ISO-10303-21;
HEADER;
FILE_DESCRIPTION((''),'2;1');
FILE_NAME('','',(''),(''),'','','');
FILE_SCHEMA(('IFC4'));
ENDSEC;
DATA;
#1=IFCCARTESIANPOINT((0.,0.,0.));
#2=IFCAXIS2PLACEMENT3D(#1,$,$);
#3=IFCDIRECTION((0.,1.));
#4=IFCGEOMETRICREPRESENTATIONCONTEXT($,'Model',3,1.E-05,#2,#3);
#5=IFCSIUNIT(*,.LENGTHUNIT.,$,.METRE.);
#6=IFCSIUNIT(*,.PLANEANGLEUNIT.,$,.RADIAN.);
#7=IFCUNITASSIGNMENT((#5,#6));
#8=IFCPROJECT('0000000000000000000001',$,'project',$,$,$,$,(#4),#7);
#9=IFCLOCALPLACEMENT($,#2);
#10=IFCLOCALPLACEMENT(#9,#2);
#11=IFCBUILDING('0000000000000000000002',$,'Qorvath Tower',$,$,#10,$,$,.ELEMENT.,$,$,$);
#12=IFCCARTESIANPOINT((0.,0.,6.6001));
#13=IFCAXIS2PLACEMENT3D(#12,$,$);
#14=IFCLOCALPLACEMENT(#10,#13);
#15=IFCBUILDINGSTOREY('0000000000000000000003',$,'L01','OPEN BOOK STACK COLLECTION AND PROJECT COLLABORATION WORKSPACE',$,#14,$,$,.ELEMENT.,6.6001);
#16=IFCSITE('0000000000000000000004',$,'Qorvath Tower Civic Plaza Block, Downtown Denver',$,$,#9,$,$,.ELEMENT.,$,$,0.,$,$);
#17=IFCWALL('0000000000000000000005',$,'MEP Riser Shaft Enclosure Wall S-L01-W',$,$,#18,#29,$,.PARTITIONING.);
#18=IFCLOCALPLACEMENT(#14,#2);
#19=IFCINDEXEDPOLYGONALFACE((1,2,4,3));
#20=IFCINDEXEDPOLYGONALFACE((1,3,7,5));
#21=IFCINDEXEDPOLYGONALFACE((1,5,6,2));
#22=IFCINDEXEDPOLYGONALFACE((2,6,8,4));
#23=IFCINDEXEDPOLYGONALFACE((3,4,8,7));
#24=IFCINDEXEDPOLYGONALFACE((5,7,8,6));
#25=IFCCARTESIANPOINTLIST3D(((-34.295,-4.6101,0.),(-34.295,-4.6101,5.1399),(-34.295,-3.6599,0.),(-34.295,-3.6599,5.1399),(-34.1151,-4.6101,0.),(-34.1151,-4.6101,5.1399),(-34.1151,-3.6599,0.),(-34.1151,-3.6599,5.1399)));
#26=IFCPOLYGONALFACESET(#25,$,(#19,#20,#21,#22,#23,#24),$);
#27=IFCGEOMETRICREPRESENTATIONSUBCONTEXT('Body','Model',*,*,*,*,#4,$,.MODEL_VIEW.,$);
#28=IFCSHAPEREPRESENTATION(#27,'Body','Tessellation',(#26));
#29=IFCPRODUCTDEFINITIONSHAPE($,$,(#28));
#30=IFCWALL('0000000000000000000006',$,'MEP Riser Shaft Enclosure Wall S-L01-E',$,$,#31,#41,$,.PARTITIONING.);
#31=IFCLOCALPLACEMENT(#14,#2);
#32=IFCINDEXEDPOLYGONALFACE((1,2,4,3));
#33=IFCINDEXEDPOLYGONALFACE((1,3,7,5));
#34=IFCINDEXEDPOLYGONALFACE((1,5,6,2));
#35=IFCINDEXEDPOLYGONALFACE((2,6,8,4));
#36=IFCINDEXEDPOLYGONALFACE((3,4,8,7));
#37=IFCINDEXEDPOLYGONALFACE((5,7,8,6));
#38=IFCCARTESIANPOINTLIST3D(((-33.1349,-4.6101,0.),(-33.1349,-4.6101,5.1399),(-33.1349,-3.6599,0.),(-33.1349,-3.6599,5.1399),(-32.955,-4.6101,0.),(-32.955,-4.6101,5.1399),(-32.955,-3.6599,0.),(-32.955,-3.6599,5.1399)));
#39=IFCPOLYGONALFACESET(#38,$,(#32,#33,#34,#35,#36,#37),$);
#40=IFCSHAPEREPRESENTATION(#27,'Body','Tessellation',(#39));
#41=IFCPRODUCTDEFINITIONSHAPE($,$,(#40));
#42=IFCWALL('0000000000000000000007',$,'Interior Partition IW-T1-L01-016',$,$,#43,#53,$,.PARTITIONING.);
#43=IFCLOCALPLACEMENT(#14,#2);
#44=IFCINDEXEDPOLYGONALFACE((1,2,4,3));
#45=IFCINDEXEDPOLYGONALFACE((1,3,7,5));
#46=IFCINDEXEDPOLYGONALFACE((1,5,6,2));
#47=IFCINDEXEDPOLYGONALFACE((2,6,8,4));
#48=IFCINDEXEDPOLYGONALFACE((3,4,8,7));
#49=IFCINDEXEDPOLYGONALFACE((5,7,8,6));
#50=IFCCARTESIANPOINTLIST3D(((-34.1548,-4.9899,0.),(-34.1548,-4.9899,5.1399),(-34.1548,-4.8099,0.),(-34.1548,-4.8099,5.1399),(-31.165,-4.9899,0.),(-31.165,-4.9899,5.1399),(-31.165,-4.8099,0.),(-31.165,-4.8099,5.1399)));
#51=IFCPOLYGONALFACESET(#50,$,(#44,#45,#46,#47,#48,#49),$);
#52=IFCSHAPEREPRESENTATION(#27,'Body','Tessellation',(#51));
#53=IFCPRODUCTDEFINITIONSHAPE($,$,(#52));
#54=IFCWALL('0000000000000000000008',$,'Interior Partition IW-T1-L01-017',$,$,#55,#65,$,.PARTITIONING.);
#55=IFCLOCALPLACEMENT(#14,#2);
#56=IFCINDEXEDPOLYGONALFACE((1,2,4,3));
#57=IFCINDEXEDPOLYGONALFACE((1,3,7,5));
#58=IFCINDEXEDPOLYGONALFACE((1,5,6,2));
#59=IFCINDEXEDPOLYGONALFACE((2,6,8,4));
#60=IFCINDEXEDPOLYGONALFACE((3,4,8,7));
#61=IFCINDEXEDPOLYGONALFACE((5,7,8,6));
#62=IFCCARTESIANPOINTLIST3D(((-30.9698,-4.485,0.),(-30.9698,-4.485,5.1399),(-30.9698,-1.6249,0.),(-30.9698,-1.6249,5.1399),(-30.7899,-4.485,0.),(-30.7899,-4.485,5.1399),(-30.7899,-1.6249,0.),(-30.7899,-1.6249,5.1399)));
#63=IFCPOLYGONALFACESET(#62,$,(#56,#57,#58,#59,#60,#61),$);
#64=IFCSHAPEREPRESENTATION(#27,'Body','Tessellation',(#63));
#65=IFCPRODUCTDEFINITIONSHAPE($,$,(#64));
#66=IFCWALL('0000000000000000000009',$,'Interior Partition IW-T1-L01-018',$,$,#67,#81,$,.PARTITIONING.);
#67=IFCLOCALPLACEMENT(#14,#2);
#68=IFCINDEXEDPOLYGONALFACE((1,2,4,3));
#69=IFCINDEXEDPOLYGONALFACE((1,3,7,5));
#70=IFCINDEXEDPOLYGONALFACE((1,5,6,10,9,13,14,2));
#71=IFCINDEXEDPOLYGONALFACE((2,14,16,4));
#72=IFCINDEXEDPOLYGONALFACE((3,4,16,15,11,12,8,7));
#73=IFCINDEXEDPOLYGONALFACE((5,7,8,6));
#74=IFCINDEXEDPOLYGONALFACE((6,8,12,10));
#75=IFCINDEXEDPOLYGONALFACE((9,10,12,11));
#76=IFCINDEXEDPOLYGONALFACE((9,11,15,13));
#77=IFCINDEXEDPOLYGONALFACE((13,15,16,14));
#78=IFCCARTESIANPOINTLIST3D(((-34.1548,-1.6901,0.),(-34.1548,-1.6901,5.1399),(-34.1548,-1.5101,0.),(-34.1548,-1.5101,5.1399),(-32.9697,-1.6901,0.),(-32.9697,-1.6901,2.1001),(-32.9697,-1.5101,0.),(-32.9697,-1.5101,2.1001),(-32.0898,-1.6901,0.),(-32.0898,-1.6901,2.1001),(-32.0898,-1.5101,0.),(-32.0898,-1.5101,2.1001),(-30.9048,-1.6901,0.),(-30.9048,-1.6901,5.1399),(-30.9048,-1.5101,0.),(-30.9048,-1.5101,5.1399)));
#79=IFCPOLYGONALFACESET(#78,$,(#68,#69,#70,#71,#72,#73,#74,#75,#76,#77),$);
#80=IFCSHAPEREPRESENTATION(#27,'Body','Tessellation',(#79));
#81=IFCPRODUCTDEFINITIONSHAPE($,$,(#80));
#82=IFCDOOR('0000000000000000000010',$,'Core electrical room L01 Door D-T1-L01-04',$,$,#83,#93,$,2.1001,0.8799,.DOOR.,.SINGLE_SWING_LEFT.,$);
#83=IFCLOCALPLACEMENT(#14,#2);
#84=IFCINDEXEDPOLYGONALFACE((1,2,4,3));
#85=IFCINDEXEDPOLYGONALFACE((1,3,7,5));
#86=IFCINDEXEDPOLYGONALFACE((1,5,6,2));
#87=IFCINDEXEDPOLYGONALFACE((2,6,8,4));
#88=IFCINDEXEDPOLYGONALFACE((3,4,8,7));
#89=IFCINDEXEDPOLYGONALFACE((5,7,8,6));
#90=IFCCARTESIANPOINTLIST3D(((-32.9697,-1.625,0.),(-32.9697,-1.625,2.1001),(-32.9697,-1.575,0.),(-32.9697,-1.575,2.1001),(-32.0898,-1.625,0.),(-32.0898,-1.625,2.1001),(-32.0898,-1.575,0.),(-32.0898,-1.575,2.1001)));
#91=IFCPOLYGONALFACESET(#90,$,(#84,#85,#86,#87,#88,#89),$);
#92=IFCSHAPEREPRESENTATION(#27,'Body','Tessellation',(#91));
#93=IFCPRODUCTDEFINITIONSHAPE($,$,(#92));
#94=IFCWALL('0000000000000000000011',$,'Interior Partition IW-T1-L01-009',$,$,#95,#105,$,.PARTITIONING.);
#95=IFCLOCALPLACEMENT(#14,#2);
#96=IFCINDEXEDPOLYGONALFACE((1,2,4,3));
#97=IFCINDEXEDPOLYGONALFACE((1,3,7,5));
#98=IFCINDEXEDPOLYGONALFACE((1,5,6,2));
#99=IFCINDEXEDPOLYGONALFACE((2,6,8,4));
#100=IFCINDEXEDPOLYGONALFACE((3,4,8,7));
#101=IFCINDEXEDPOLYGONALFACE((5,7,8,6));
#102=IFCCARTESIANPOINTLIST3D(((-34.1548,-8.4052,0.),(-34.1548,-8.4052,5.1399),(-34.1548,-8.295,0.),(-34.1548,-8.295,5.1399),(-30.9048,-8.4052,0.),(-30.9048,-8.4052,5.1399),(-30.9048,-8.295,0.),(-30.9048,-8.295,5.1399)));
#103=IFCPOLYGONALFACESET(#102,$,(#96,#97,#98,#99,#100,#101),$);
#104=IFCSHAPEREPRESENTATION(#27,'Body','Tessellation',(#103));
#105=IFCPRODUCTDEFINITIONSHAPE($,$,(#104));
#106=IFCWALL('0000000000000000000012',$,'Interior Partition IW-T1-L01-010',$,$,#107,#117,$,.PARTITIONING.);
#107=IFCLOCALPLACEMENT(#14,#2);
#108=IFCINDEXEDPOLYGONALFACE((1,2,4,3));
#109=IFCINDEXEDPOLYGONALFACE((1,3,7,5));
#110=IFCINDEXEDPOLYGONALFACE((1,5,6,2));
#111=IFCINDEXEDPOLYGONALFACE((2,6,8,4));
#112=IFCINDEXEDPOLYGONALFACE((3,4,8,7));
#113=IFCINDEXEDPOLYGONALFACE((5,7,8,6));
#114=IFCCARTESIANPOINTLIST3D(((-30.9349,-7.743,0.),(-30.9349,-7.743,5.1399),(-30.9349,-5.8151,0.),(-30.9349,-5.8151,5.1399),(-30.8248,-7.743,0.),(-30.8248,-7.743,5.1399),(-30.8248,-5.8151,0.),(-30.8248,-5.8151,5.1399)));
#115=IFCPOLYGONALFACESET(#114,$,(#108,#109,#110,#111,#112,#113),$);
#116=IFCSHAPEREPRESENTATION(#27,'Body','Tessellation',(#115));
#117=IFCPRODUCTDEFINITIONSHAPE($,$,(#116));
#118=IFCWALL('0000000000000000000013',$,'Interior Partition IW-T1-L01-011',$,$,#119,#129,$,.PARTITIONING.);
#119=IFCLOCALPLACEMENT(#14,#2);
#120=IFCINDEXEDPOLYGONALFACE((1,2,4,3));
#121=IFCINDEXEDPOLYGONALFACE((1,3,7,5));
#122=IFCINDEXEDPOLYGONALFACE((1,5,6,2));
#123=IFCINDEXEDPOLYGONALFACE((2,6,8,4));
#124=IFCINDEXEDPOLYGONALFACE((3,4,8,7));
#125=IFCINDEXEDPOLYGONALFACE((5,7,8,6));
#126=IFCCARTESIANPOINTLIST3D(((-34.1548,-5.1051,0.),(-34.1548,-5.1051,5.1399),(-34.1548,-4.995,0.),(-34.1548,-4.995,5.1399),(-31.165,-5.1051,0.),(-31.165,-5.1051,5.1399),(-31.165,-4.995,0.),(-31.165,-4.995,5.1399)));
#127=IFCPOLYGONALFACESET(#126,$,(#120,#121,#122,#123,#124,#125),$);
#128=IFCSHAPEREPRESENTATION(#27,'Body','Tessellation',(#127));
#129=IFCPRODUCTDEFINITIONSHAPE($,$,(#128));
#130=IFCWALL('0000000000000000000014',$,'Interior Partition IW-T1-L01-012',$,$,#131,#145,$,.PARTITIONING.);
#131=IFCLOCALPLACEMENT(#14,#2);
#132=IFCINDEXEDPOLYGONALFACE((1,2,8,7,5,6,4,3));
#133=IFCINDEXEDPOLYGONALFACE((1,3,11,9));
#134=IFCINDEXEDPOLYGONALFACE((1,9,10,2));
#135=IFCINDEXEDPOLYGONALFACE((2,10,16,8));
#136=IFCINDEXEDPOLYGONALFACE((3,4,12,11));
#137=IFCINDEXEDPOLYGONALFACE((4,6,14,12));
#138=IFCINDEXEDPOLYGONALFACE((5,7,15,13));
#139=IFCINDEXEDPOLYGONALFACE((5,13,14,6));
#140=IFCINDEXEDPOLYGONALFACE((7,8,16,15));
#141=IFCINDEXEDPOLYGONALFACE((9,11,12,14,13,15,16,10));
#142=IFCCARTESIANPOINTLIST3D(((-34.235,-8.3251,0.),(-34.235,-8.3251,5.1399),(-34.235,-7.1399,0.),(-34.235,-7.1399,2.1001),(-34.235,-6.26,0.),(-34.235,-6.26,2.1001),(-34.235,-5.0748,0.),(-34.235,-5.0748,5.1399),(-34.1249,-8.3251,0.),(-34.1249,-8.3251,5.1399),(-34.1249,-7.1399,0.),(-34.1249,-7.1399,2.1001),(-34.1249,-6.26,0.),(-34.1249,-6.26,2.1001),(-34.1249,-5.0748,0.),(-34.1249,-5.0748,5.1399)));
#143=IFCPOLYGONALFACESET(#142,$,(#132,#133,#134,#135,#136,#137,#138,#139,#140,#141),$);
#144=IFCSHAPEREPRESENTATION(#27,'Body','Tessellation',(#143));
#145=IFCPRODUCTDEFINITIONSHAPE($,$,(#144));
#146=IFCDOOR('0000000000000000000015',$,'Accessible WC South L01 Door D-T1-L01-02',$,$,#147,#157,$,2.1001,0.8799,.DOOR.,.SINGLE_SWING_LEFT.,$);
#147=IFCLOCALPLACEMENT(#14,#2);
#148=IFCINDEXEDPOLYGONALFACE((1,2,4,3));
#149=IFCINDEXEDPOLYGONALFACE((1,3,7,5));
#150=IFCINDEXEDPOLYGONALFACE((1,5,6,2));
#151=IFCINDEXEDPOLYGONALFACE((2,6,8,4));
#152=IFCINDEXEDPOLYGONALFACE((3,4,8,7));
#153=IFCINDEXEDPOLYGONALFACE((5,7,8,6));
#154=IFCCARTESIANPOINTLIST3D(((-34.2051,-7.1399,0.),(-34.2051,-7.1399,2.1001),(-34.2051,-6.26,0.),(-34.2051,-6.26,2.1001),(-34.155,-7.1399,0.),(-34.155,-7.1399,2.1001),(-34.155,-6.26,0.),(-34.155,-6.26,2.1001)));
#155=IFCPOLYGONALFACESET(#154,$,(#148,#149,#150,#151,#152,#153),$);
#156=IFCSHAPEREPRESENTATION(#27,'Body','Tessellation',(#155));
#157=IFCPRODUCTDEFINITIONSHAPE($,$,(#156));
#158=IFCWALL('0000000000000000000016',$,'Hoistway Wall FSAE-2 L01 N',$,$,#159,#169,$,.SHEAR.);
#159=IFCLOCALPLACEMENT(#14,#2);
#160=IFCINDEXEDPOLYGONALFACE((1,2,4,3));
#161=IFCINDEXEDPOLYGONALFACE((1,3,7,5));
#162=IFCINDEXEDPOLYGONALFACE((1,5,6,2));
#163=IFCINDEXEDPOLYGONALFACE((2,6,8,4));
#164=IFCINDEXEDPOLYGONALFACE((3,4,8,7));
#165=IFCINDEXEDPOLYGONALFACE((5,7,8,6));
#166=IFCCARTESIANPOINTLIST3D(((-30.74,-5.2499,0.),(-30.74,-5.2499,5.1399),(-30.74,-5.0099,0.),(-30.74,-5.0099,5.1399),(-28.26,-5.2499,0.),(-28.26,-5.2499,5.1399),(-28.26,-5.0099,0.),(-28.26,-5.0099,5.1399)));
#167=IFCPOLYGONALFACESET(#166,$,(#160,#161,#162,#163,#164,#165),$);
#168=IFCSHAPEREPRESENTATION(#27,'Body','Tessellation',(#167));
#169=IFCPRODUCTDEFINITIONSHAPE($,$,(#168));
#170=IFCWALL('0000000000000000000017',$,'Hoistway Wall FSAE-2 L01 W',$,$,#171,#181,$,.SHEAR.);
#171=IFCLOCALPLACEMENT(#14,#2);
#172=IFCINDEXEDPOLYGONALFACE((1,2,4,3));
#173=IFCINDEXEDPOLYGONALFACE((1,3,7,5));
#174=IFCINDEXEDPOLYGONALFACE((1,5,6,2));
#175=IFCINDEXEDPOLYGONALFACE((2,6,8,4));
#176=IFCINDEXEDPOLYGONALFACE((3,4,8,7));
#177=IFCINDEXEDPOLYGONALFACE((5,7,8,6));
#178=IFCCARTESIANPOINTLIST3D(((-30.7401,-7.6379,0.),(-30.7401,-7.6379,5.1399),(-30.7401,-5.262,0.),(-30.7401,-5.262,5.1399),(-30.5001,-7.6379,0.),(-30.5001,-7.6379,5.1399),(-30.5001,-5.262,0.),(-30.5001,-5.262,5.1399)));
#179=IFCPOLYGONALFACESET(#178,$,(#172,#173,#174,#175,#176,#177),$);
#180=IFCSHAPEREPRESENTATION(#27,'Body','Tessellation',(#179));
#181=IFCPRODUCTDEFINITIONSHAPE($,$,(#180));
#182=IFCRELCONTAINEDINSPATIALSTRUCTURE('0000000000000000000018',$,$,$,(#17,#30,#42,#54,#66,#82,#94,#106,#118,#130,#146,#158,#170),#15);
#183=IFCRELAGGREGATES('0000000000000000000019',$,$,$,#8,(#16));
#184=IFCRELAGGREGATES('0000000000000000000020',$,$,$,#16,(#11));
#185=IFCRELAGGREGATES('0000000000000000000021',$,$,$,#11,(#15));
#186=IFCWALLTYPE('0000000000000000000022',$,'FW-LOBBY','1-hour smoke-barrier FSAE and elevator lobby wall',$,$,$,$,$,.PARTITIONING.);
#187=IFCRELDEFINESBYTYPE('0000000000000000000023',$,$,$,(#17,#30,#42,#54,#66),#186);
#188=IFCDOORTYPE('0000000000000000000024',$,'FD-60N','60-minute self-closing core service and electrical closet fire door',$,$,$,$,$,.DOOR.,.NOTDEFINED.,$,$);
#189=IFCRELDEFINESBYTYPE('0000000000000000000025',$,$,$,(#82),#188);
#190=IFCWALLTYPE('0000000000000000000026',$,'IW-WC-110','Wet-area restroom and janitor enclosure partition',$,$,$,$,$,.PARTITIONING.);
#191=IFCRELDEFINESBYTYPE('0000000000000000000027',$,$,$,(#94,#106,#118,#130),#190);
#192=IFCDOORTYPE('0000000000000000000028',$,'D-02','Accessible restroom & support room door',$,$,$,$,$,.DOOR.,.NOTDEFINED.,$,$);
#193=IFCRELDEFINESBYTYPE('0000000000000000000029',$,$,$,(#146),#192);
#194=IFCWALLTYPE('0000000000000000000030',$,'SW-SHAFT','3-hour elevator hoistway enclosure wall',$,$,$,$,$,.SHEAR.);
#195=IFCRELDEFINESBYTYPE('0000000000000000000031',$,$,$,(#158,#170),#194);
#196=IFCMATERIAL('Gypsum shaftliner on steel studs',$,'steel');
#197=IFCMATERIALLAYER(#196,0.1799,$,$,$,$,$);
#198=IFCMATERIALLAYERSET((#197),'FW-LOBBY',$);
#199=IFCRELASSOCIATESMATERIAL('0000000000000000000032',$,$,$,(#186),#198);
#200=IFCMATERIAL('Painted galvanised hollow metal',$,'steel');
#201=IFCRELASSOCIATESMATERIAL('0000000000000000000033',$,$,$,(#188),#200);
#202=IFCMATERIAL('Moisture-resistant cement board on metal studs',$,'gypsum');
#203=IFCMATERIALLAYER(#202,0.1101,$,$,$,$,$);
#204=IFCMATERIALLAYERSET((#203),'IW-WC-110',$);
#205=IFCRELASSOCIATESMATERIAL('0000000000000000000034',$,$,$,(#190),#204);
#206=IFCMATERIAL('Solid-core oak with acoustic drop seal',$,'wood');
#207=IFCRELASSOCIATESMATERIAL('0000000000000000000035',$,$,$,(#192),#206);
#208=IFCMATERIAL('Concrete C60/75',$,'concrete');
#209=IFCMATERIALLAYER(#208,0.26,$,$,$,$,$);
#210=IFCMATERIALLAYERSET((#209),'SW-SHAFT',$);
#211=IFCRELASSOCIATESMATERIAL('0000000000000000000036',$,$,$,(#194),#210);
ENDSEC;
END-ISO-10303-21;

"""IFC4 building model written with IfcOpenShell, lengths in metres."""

from ifc_helpers import new_model, si_unit, direction, frame, frame_2d, origin, place, context, subcontext, project, spatial, rectangle, extrude, material, layer, layer_set, type_object, element, fill, save


model = new_model("IFC4")

# Units and contexts
model_context = context("Model", 3, precision=1e-05, world=origin(), true_north=direction((0.0, 1.0)))
body_context = subcontext(model_context, "Body", "Model", "MODEL_VIEW")
ifc_project = project(units=[si_unit("LENGTHUNIT", "METRE"), si_unit("PLANEANGLEUNIT", "RADIAN")], contexts=[model_context])

# Site, building, storey
site_placement = place(None, origin())
site = spatial("IfcSite", under=ifc_project, at=site_placement, Name="Qorvath Tower Civic Plaza Block, Downtown Denver", CompositionType="ELEMENT", RefElevation=0.0)
building_placement = place(site_placement, origin())
building = spatial("IfcBuilding", under=site, at=building_placement, Name="Qorvath Tower", CompositionType="ELEMENT")
storey_placement = place(building_placement, frame((0.0, 0.0, 6.6001)))
storey = spatial("IfcBuildingStorey", under=building, at=storey_placement, Name="L01", Description="OPEN BOOK STACK COLLECTION AND PROJECT COLLABORATION WORKSPACE", CompositionType="ELEMENT", Elevation=6.6001)

# Walls
ifc_material_1 = material(Name="Gypsum shaftliner on steel studs", Category="steel")
ifc_layer_1 = layer(ifc_material_1, 0.1799)
ifc_layer_set_1 = layer_set([ifc_layer_1], Name="FW-LOBBY")
wall_type_1 = type_object("IfcWallType", Name="FW-LOBBY", Description="1-hour smoke-barrier FSAE and elevator lobby wall", PredefinedType="PARTITIONING", material=ifc_layer_set_1)
for number, where, z_axis, x_axis, name in (
    (1, (-34.2051, -4.6101, 0.0), (0.0, 0.0, 1.0), (0.0, 1.0, 0.0), "MEP Riser Shaft Enclosure Wall S-L01-W"),
    (2, (-33.0449, -3.6599, 0.0), (0.0, 0.0, 1.0), (0.0, -1.0, 0.0), "MEP Riser Shaft Enclosure Wall S-L01-E"),
):
    element("IfcWall", number, at=place(storey_placement, frame(where, z_axis=z_axis, x_axis=x_axis)), inside=storey, type_object=wall_type_1, Name=name, PredefinedType="PARTITIONING", context=body_context, shape_type="SweptSolid", body=[
        extrude(rectangle(XDim=0.9502, YDim=0.1799, at=frame_2d((0.4751, 0.0))), origin(), (0.0, 0.0, 1.0), 5.1399),
    ])
wall_1_placement = place(storey_placement, frame((-34.1548, -4.8999, 0.0), z_axis=(0.0, 0.0, 1.0), x_axis=(1.0, 0.0, 0.0)))
element("IfcWall", 3, at=wall_1_placement, inside=storey, type_object=wall_type_1, Name="Interior Partition IW-T1-L01-016", PredefinedType="PARTITIONING", context=body_context, shape_type="SweptSolid", body=[
    extrude(rectangle(XDim=2.9897, YDim=0.1799, at=frame_2d((1.4949, 0.0))), origin(), (0.0, 0.0, 1.0), 5.1399),
])
wall_2_placement = place(storey_placement, frame((-30.8799, -4.4851, 0.0), z_axis=(0.0, 0.0, 1.0), x_axis=(0.0, 1.0, 0.0)))
element("IfcWall", 4, at=wall_2_placement, inside=storey, type_object=wall_type_1, Name="Interior Partition IW-T1-L01-017", PredefinedType="PARTITIONING", context=body_context, shape_type="SweptSolid", body=[
    extrude(rectangle(XDim=2.8601, YDim=0.1799, at=frame_2d((1.4302, 0.0))), origin(), (0.0, 0.0, 1.0), 5.1399),
])

# Wall, opening, door
wall_3_placement = place(storey_placement, frame((-30.9048, -1.6001, 0.0), z_axis=(0.0, 0.0, 1.0), x_axis=(-1.0, 0.0, 0.0)))
wall_3 = element("IfcWall", 5, at=wall_3_placement, inside=storey, type_object=wall_type_1, Name="Interior Partition IW-T1-L01-018", PredefinedType="PARTITIONING", context=body_context, shape_type="SweptSolid", body=[
    extrude(rectangle(XDim=3.25, YDim=0.1799, at=frame_2d((1.625, 0.0))), origin(), (0.0, 0.0, 1.0), 5.1399),
])
opening_1_placement = place(wall_3_placement, frame((1.1851, 0.0, 0.0)))
opening_1 = element("IfcOpeningElement", 6, at=opening_1_placement, cuts=wall_3, PredefinedType="OPENING", context=body_context, shape_type="SweptSolid", body=[
    extrude(rectangle(XDim=0.8799, YDim=2.1001, at=frame_2d((0.4399, 1.05))), frame((0.0, 0.1001, 0.0), z_axis=(0.0, -1.0, 0.0), x_axis=(1.0, 0.0, 0.0)), (0.0, 0.0, 1.0), 0.2),
])
ifc_material_2 = material(Name="Painted galvanised hollow metal", Category="steel")
door_type_1 = type_object("IfcDoorType", Name="FD-60N", Description="60-minute self-closing core service and electrical closet fire door", OperationType="NOTDEFINED", PredefinedType="DOOR", material=ifc_material_2)
door_1_placement = place(opening_1_placement, origin())
door_1 = element("IfcDoor", 7, at=door_1_placement, inside=storey, type_object=door_type_1, Name="Core electrical room L01 Door D-T1-L01-04", OperationType="SINGLE_SWING_LEFT", OverallHeight=2.1001, OverallWidth=0.8799, PredefinedType="DOOR", context=body_context, shape_type="SweptSolid", body=[
    extrude(rectangle(XDim=0.8799, YDim=2.1001, at=frame_2d((0.4399, 1.05))), frame((0.0, 0.0249, 0.0), z_axis=(0.0, -1.0, 0.0), x_axis=(1.0, 0.0, 0.0)), (0.0, 0.0, 1.0), 0.05),
])
fill(opening_1, door_1)

# Walls
ifc_material_3 = material(Name="Moisture-resistant cement board on metal studs", Category="gypsum")
ifc_layer_2 = layer(ifc_material_3, 0.1101)
ifc_layer_set_2 = layer_set([ifc_layer_2], Name="IW-WC-110")
wall_type_2 = type_object("IfcWallType", Name="IW-WC-110", Description="Wet-area restroom and janitor enclosure partition", PredefinedType="PARTITIONING", material=ifc_layer_set_2)
wall_4_placement = place(storey_placement, frame((-34.1548, -8.3501, 0.0), z_axis=(0.0, 0.0, 1.0), x_axis=(1.0, 0.0, 0.0)))
element("IfcWall", 8, at=wall_4_placement, inside=storey, type_object=wall_type_2, Name="Interior Partition IW-T1-L01-009", PredefinedType="PARTITIONING", context=body_context, shape_type="SweptSolid", body=[
    extrude(rectangle(XDim=3.25, YDim=0.1101, at=frame_2d((1.625, 0.0))), origin(), (0.0, 0.0, 1.0), 5.1399),
])
wall_5_placement = place(storey_placement, frame((-30.8799, -7.7429, 0.0), z_axis=(0.0, 0.0, 1.0), x_axis=(0.0, 1.0, 0.0)))
element("IfcWall", 9, at=wall_5_placement, inside=storey, type_object=wall_type_2, Name="Interior Partition IW-T1-L01-010", PredefinedType="PARTITIONING", context=body_context, shape_type="SweptSolid", body=[
    extrude(rectangle(XDim=1.928, YDim=0.1101, at=frame_2d((0.9639, 0.0))), origin(), (0.0, 0.0, 1.0), 5.1399),
])
wall_6_placement = place(storey_placement, frame((-31.165, -5.05, 0.0), z_axis=(0.0, 0.0, 1.0), x_axis=(-1.0, 0.0, 0.0)))
element("IfcWall", 10, at=wall_6_placement, inside=storey, type_object=wall_type_2, Name="Interior Partition IW-T1-L01-011", PredefinedType="PARTITIONING", context=body_context, shape_type="SweptSolid", body=[
    extrude(rectangle(XDim=2.9897, YDim=0.1101, at=frame_2d((1.4949, 0.0))), origin(), (0.0, 0.0, 1.0), 5.1399),
])

# Wall, opening, door
wall_7_placement = place(storey_placement, frame((-34.1799, -5.075, 0.0), z_axis=(0.0, 0.0, 1.0), x_axis=(0.0, -1.0, 0.0)))
wall_7 = element("IfcWall", 11, at=wall_7_placement, inside=storey, type_object=wall_type_2, Name="Interior Partition IW-T1-L01-012", PredefinedType="PARTITIONING", context=body_context, shape_type="SweptSolid", body=[
    extrude(rectangle(XDim=3.2502, YDim=0.1101, at=frame_2d((1.625, 0.0))), origin(), (0.0, 0.0, 1.0), 5.1399),
])
opening_2_placement = place(wall_7_placement, frame((1.1851, 0.0, 0.0)))
opening_2 = element("IfcOpeningElement", 12, at=opening_2_placement, cuts=wall_7, PredefinedType="OPENING", context=body_context, shape_type="SweptSolid", body=[
    extrude(rectangle(XDim=0.8799, YDim=2.1001, at=frame_2d((0.4399, 1.05))), frame((0.0, 0.0649, 0.0), z_axis=(0.0, -1.0, 0.0), x_axis=(1.0, 0.0, 0.0)), (0.0, 0.0, 1.0), 0.1301),
])
ifc_material_4 = material(Name="Solid-core oak with acoustic drop seal", Category="wood")
door_type_2 = type_object("IfcDoorType", Name="D-02", Description="Accessible restroom & support room door", OperationType="NOTDEFINED", PredefinedType="DOOR", material=ifc_material_4)
door_2_placement = place(opening_2_placement, origin())
door_2 = element("IfcDoor", 13, at=door_2_placement, inside=storey, type_object=door_type_2, Name="Accessible WC South L01 Door D-T1-L01-02", OperationType="SINGLE_SWING_LEFT", OverallHeight=2.1001, OverallWidth=0.8799, PredefinedType="DOOR", context=body_context, shape_type="SweptSolid", body=[
    extrude(rectangle(XDim=0.8799, YDim=2.1001, at=frame_2d((0.4399, 1.05))), frame((0.0, 0.0249, 0.0), z_axis=(0.0, -1.0, 0.0), x_axis=(1.0, 0.0, 0.0)), (0.0, 0.0, 1.0), 0.05),
])
fill(opening_2, door_2)

# Walls
ifc_material_5 = material(Name="Concrete C60/75", Category="concrete")
ifc_layer_3 = layer(ifc_material_5, 0.26)
ifc_layer_set_3 = layer_set([ifc_layer_3], Name="SW-SHAFT")
wall_type_3 = type_object("IfcWallType", Name="SW-SHAFT", Description="3-hour elevator hoistway enclosure wall", PredefinedType="SHEAR", material=ifc_layer_set_3)
wall_8_placement = place(storey_placement, frame((-30.74, -5.1299, 0.0), z_axis=(0.0, 0.0, 1.0), x_axis=(1.0, 0.0, 0.0)))
element("IfcWall", 14, at=wall_8_placement, inside=storey, type_object=wall_type_3, Name="Hoistway Wall FSAE-2 L01 N", PredefinedType="SHEAR", context=body_context, shape_type="SweptSolid", body=[
    extrude(rectangle(XDim=2.48, YDim=0.24, at=frame_2d((1.24, 0.0))), origin(), (0.0, 0.0, 1.0), 5.1399),
])
wall_9_placement = place(storey_placement, frame((-30.6201, -7.6379, 0.0), z_axis=(0.0, 0.0, 1.0), x_axis=(0.0, 1.0, 0.0)))
element("IfcWall", 15, at=wall_9_placement, inside=storey, type_object=wall_type_3, Name="Hoistway Wall FSAE-2 L01 W", PredefinedType="SHEAR", context=body_context, shape_type="SweptSolid", body=[
    extrude(rectangle(XDim=2.376, YDim=0.24, at=frame_2d((1.188, 0.0))), origin(), (0.0, 0.0, 1.0), 5.1399),
])

save(model, "model.ifc")
